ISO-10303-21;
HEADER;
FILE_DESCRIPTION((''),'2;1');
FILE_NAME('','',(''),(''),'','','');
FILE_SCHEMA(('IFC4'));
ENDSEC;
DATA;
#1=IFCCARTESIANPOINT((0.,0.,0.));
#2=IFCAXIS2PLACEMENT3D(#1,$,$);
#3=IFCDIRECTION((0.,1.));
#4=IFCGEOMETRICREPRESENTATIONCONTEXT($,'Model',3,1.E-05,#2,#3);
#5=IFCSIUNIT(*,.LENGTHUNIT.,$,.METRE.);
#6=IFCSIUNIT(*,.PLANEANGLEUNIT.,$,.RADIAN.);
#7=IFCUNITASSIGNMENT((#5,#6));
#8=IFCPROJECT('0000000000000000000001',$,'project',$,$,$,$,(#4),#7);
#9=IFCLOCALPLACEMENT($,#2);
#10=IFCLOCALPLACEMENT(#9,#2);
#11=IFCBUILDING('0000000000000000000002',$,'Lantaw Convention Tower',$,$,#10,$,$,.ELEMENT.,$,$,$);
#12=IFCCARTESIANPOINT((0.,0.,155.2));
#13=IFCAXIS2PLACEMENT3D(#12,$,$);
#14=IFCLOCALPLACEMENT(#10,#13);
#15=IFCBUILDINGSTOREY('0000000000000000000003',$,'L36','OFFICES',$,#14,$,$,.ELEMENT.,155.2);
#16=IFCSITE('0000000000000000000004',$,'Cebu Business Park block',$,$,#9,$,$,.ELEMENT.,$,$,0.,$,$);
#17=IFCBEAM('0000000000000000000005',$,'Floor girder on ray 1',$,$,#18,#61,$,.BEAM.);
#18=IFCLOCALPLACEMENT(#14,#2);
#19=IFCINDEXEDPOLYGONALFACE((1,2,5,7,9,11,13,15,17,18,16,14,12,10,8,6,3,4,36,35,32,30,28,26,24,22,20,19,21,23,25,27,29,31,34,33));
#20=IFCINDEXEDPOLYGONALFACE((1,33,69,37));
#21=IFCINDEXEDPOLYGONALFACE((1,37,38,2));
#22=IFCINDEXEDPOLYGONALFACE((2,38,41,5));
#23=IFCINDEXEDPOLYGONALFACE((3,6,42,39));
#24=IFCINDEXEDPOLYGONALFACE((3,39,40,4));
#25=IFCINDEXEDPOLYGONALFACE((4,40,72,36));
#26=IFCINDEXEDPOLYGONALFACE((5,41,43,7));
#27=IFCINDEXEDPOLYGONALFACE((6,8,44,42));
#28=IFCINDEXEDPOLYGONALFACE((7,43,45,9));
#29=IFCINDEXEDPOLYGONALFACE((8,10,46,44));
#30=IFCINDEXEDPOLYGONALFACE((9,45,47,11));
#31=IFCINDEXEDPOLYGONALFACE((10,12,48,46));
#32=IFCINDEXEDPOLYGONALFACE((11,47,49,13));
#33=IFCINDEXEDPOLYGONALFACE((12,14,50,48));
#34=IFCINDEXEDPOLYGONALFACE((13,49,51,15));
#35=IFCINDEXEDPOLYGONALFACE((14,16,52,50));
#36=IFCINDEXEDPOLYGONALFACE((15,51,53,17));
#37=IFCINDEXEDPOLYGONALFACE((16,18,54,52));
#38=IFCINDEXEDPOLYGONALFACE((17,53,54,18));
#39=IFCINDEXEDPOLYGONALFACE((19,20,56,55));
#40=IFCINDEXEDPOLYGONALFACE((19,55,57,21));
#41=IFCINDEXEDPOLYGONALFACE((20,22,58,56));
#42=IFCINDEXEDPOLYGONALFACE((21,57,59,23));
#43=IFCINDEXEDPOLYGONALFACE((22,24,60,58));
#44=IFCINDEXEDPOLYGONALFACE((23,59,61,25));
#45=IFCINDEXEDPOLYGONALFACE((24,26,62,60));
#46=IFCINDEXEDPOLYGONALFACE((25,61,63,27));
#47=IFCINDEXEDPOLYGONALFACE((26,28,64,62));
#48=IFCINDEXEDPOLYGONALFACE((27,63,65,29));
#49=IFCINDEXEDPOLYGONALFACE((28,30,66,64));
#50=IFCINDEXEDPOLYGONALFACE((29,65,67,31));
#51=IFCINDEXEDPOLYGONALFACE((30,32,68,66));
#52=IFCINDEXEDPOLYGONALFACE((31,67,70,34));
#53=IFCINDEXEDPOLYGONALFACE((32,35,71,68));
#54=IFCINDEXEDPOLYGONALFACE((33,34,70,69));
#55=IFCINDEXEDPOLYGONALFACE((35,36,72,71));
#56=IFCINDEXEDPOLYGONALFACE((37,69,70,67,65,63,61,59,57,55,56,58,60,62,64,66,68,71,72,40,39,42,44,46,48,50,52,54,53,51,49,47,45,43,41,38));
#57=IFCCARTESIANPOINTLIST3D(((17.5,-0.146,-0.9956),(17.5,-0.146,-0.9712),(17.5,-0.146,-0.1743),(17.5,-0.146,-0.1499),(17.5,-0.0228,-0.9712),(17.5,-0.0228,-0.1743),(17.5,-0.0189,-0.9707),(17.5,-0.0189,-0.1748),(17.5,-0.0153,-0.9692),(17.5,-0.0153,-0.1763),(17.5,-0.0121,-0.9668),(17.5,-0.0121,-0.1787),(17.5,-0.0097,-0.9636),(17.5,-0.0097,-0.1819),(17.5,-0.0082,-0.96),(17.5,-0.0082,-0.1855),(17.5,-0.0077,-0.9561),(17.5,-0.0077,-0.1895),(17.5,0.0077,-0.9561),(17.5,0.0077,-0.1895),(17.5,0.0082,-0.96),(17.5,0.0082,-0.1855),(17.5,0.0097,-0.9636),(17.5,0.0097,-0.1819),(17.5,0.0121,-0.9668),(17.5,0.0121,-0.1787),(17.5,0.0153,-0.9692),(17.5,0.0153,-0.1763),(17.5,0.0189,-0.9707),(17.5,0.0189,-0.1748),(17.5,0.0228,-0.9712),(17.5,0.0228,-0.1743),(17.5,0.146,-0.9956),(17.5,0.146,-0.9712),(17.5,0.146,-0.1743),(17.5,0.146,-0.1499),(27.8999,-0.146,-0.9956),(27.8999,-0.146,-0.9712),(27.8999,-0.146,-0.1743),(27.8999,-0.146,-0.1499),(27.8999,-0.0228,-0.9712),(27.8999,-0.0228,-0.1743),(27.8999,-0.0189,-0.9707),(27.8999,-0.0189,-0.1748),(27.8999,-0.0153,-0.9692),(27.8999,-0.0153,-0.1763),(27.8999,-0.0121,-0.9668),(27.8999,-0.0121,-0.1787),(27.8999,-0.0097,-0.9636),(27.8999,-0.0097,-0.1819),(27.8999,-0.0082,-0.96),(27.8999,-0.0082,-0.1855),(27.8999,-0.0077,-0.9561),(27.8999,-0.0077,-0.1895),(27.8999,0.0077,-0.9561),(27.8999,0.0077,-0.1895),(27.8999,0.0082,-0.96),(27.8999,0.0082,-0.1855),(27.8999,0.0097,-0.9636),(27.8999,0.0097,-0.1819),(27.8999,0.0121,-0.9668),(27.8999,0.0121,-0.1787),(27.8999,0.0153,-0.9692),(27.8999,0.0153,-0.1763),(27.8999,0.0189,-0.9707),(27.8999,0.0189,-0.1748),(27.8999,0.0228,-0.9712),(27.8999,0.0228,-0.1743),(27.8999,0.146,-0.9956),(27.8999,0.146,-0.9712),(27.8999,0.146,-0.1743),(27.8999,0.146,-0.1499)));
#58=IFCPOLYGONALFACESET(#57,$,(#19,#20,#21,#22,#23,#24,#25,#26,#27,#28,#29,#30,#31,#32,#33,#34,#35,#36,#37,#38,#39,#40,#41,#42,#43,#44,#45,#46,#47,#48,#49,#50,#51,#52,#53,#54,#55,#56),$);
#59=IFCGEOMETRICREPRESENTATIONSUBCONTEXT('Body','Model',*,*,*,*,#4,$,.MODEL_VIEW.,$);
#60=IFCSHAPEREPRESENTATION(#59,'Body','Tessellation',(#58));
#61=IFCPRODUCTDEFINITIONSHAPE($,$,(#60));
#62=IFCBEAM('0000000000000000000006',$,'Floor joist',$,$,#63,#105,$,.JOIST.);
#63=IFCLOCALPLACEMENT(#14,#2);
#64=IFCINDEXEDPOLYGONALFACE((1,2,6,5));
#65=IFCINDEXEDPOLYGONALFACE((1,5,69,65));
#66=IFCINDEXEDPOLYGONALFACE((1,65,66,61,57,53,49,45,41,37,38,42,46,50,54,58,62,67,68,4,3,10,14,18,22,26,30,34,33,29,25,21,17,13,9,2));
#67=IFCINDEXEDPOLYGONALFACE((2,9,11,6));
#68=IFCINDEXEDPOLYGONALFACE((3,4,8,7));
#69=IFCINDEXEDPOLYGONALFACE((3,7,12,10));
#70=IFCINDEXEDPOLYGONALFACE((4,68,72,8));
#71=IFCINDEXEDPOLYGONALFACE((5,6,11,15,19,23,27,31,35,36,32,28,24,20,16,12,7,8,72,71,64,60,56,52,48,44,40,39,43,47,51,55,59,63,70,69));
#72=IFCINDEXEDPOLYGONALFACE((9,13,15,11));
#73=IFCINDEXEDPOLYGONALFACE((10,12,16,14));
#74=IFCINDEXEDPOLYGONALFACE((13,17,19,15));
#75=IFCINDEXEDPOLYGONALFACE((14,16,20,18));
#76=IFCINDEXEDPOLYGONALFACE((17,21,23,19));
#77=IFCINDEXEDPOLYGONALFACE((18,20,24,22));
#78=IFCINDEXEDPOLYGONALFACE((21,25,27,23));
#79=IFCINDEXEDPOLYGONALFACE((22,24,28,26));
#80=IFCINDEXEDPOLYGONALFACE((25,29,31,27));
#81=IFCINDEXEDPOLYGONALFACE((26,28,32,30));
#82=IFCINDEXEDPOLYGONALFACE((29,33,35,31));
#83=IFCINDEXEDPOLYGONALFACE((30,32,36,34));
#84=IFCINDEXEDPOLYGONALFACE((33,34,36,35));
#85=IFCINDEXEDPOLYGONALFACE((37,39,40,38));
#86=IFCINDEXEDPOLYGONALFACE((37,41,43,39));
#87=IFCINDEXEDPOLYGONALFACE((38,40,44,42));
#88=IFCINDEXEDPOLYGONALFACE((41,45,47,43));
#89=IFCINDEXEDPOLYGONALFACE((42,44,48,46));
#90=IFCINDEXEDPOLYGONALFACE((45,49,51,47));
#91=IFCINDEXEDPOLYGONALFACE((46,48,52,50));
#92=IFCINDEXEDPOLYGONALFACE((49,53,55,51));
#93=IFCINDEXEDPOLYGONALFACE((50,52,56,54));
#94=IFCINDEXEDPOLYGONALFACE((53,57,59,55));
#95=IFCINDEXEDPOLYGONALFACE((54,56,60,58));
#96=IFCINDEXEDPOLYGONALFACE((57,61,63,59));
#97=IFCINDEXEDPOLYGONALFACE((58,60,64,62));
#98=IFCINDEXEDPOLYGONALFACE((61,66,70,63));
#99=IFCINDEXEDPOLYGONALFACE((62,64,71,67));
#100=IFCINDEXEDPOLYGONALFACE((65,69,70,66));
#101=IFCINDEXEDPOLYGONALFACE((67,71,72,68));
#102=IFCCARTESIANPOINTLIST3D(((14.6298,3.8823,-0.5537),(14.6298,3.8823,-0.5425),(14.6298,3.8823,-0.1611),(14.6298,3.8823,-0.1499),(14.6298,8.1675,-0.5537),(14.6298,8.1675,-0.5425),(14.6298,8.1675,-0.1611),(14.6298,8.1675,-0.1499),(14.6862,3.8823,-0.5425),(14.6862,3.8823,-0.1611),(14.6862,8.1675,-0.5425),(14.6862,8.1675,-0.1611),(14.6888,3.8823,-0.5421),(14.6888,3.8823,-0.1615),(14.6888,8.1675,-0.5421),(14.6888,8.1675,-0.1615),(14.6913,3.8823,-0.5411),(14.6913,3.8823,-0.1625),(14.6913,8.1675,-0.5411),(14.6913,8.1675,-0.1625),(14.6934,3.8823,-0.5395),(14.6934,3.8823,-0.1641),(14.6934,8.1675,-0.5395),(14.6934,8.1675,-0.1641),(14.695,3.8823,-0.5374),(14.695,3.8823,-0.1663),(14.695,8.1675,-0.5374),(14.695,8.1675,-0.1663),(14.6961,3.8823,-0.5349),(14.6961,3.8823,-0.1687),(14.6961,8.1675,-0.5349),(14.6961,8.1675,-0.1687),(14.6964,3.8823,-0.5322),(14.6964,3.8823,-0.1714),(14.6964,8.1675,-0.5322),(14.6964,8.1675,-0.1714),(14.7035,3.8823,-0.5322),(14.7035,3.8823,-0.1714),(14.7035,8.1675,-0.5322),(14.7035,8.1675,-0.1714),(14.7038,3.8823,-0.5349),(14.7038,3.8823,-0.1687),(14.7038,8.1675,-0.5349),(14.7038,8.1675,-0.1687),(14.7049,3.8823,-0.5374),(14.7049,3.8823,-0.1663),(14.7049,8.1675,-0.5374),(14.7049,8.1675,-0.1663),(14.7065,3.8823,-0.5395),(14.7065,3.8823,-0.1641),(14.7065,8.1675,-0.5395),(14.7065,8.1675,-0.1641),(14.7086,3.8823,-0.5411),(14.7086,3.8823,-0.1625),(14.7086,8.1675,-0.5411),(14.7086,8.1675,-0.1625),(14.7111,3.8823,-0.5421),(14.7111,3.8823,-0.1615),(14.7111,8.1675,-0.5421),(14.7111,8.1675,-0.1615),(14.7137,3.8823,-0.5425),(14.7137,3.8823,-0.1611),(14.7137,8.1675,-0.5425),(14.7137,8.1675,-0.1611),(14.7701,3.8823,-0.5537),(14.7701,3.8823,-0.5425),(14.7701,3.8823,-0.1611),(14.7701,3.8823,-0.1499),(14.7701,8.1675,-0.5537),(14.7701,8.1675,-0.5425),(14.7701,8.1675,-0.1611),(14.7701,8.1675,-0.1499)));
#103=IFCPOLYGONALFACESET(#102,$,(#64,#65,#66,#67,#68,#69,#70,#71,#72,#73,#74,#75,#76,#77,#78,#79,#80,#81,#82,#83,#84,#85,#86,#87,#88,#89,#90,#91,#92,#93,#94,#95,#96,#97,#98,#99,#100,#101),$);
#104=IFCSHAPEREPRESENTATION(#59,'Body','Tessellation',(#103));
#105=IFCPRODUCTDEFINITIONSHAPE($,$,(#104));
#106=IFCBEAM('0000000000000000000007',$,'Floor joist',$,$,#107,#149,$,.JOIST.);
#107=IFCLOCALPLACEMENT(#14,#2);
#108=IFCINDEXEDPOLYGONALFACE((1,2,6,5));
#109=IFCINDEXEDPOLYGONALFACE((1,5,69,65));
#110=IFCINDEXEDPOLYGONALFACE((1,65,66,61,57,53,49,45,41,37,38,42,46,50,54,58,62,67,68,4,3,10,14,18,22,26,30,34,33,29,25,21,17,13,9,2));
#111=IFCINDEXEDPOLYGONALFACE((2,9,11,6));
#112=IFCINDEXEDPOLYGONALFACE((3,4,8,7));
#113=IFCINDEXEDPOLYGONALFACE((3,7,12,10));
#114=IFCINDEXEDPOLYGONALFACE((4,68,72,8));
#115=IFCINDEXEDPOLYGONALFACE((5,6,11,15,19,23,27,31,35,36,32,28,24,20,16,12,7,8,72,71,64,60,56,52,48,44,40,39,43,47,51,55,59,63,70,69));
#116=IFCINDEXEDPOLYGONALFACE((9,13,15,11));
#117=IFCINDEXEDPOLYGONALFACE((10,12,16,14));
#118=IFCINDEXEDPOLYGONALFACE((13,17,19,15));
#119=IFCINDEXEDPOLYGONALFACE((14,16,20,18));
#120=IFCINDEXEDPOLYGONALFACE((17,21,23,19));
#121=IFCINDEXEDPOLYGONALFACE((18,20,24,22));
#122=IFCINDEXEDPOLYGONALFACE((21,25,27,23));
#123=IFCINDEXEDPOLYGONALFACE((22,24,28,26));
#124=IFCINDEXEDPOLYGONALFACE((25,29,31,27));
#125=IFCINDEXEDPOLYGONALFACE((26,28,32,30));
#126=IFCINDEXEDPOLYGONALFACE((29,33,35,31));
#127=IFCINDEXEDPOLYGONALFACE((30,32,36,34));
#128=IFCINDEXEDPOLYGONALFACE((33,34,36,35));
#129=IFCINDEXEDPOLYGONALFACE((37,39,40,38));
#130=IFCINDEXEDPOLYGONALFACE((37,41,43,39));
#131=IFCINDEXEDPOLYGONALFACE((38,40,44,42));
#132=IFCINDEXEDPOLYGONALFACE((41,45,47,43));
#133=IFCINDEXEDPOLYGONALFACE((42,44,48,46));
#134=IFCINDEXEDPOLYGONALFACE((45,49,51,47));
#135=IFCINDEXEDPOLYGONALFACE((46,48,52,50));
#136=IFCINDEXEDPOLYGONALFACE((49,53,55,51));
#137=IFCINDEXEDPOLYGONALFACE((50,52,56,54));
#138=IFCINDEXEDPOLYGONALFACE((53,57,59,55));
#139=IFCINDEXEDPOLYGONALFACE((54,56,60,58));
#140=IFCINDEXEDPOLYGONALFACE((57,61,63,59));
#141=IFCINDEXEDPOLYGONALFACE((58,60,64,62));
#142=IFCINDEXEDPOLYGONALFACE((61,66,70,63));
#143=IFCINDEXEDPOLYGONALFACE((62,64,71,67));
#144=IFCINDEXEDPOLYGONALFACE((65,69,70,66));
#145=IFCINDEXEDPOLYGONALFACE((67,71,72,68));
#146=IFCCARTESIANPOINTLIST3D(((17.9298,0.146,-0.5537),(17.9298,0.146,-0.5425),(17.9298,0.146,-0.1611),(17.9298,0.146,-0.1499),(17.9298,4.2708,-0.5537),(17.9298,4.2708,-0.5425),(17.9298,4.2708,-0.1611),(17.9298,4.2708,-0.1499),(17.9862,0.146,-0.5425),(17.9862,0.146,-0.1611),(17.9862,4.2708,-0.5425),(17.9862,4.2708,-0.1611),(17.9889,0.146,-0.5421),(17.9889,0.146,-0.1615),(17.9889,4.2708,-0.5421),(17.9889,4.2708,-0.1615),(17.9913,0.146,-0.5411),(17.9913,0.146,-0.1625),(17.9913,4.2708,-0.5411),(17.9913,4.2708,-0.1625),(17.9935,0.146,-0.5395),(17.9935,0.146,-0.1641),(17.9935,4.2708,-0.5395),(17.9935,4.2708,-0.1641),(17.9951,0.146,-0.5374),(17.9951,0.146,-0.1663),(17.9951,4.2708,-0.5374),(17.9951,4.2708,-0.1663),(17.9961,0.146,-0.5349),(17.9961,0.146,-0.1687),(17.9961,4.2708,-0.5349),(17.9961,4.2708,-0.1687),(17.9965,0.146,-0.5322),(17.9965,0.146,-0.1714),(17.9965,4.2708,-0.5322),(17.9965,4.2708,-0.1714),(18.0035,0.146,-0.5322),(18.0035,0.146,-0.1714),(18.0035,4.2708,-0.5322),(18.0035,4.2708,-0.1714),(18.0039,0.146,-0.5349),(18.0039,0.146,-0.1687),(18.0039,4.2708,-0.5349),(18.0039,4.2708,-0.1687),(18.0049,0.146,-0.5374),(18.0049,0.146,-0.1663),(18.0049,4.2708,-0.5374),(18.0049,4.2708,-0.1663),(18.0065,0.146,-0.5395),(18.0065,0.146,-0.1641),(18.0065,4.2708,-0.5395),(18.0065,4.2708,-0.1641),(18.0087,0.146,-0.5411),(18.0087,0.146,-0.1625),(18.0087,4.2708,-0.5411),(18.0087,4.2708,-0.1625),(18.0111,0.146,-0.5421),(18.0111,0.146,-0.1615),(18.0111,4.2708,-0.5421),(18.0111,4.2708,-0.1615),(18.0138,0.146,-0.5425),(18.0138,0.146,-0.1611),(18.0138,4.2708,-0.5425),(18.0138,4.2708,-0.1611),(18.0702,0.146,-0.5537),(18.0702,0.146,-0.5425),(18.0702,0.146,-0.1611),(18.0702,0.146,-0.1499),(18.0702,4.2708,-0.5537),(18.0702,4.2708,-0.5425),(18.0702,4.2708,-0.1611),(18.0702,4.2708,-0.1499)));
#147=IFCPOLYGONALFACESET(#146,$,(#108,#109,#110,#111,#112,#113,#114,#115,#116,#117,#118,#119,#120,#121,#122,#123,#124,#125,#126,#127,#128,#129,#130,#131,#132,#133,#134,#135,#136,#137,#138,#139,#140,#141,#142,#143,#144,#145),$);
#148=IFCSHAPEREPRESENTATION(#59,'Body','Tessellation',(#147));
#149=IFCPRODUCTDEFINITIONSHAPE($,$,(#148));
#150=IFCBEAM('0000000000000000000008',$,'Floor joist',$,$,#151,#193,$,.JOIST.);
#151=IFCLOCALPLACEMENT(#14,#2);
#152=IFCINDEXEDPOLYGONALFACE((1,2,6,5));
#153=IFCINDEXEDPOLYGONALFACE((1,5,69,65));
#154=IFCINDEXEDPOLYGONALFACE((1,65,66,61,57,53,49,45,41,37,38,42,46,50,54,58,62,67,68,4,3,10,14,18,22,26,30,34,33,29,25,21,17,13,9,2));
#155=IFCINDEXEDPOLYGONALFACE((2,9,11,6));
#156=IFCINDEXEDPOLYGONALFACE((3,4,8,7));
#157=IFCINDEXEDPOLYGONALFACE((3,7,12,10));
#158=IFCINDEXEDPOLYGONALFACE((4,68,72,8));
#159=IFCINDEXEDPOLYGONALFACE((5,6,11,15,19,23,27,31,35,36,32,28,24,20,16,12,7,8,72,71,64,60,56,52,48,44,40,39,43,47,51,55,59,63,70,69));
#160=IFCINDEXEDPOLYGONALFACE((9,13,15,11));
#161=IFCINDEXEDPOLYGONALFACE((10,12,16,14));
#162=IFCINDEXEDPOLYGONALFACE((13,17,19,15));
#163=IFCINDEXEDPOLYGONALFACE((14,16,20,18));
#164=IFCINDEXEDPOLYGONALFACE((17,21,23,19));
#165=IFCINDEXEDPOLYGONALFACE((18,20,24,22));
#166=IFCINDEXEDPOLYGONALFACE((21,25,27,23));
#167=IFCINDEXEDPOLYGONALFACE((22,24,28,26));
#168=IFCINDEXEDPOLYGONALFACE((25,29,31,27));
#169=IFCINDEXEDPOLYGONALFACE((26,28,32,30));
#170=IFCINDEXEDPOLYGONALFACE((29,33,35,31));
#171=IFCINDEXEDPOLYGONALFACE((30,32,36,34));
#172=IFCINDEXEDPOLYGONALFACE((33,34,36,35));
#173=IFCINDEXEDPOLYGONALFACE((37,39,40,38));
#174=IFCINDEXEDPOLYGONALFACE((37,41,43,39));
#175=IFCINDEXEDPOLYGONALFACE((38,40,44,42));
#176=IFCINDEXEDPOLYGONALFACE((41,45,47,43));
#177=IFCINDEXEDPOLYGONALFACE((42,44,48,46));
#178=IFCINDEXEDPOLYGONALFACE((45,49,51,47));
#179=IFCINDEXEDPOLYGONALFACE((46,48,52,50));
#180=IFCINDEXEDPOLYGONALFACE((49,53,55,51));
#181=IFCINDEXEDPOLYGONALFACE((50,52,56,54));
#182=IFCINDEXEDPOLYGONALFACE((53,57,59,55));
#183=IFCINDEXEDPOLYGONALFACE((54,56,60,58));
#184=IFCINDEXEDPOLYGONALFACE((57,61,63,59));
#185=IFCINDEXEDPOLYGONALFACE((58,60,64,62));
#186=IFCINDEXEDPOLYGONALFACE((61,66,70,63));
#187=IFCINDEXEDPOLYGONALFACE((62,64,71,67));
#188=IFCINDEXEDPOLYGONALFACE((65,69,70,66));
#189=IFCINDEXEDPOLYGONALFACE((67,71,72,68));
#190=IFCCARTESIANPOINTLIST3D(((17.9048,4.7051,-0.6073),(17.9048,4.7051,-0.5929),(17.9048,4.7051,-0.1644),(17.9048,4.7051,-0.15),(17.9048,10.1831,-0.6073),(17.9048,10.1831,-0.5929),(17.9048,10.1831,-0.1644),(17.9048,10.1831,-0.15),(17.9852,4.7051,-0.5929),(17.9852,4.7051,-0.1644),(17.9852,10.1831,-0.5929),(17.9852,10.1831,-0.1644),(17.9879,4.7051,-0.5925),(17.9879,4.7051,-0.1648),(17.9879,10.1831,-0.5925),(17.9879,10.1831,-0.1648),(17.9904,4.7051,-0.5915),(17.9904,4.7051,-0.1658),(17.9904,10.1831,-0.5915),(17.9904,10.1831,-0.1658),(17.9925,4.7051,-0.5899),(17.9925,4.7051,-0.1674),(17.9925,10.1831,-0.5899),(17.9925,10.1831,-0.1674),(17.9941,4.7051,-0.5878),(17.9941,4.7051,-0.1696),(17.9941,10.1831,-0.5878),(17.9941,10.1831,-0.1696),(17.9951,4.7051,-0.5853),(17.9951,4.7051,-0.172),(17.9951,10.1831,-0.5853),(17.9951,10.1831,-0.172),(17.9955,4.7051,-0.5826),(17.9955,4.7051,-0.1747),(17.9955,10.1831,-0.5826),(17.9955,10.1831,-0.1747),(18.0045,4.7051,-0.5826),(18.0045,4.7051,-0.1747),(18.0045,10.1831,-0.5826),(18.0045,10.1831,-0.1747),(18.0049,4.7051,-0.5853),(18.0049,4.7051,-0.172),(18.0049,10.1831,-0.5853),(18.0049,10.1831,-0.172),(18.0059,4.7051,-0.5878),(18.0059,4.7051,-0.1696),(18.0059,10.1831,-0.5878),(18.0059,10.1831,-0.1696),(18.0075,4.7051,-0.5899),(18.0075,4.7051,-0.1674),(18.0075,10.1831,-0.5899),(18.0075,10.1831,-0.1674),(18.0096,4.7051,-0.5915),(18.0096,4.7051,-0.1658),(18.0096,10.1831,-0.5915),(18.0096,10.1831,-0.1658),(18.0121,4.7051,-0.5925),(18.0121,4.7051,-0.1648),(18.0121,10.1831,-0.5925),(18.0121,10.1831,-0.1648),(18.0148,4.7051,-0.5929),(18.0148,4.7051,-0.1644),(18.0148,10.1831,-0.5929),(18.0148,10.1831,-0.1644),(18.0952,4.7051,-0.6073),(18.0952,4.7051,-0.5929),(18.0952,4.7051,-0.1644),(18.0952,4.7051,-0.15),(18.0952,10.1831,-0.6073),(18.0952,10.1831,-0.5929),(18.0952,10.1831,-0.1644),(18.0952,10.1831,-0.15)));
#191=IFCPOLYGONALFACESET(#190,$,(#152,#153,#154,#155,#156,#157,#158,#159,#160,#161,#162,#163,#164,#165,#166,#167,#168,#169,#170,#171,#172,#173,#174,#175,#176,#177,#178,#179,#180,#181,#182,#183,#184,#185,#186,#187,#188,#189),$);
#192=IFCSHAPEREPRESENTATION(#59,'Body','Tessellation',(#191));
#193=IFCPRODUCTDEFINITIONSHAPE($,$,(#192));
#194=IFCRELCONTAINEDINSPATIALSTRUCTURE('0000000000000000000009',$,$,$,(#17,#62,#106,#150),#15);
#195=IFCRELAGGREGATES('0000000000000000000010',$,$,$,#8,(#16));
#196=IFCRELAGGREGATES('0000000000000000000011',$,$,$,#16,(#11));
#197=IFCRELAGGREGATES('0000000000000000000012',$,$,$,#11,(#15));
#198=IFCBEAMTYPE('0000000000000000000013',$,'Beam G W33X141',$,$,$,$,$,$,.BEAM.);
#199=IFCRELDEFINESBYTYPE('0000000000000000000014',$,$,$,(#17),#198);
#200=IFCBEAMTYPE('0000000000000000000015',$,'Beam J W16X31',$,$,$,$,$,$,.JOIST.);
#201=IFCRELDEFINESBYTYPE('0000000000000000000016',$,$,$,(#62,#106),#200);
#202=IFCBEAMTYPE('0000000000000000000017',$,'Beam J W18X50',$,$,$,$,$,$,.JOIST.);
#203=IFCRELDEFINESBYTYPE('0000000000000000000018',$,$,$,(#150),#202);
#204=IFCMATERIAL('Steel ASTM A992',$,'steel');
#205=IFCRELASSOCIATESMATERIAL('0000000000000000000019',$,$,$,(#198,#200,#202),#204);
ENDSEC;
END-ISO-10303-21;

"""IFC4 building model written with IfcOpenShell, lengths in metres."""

from ifc_helpers import new_model, si_unit, direction, frame, origin, origin_2d, place, context, subcontext, project, spatial, i_section, extrude, material, material_profile, profile_set, type_object, element, save


model = new_model("IFC4")

# Units and contexts
model_context = context("Model", 3, precision=1e-05, world=origin(), true_north=direction((0.0, 1.0)))
body_context = subcontext(model_context, "Body", "Model", "MODEL_VIEW")
ifc_project = project(units=[si_unit("LENGTHUNIT", "METRE"), si_unit("PLANEANGLEUNIT", "RADIAN")], contexts=[model_context])

# Site, building, storey
site_placement = place(None, origin())
site = spatial("IfcSite", under=ifc_project, at=site_placement, Name="Cebu Business Park block", CompositionType="ELEMENT", RefElevation=0.0)
building_placement = place(site_placement, origin())
building = spatial("IfcBuilding", under=site, at=building_placement, Name="Lantaw Convention Tower", CompositionType="ELEMENT")
storey_placement = place(building_placement, frame((0.0, 0.0, 155.2)))
storey = spatial("IfcBuildingStorey", under=building, at=storey_placement, Name="L36", Description="OFFICES", CompositionType="ELEMENT", Elevation=155.2)

# Beams
ifc_material_1 = material(Name="Steel ASTM A992", Category="steel")
ifc_material_profile_1 = material_profile(ifc_material_1, i_section(OverallWidth=0.292, OverallDepth=0.8457, WebThickness=0.0154, FlangeThickness=0.0244, FilletRadius=0.0151, at=origin_2d()), Name="W33X141")
ifc_profile_set_1 = profile_set([ifc_material_profile_1], Name="Steel ASTM A992")
beam_type_1 = type_object("IfcBeamType", Name="Beam G W33X141", PredefinedType="BEAM", material=ifc_profile_set_1)
beam_1_placement = place(storey_placement, frame((17.5, 0.0, -0.5728), z_axis=(1.0, 0.0, 0.0), x_axis=(0.0, 1.0, 0.0)))
element("IfcBeam", 1, at=beam_1_placement, inside=storey, type_object=beam_type_1, Name="Floor girder on ray 1", PredefinedType="BEAM", context=body_context, shape_type="SweptSolid", body=[
    extrude(i_section(OverallWidth=0.292, OverallDepth=0.8457, WebThickness=0.0154, FlangeThickness=0.0244, FilletRadius=0.0151, at=origin_2d()), origin(), (0.0, 0.0, 1.0), 10.3999),
])
ifc_material_profile_2 = material_profile(ifc_material_1, i_section(OverallWidth=0.1404, OverallDepth=0.4038, WebThickness=0.0071, FlangeThickness=0.0112, FilletRadius=0.0103, at=origin_2d()), Name="W16X31")
ifc_profile_set_2 = profile_set([ifc_material_profile_2], Name="Steel ASTM A992")
beam_type_2 = type_object("IfcBeamType", Name="Beam J W16X31", PredefinedType="JOIST", material=ifc_profile_set_2)
beam_2_placement = place(storey_placement, frame((14.7, 3.8823, -0.3518), z_axis=(0.0, 1.0, 0.0), x_axis=(-1.0, 0.0, 0.0)))
element("IfcBeam", 2, at=beam_2_placement, inside=storey, type_object=beam_type_2, Name="Floor joist", PredefinedType="JOIST", context=body_context, shape_type="SweptSolid", body=[
    extrude(i_section(OverallWidth=0.1404, OverallDepth=0.4038, WebThickness=0.0071, FlangeThickness=0.0112, FilletRadius=0.0103, at=origin_2d()), origin(), (0.0, 0.0, 1.0), 4.2852),
])
beam_3_placement = place(storey_placement, frame((18.0, 0.146, -0.3518), z_axis=(0.0, 1.0, 0.0), x_axis=(-1.0, 0.0, 0.0)))
element("IfcBeam", 3, at=beam_3_placement, inside=storey, type_object=beam_type_2, Name="Floor joist", PredefinedType="JOIST", context=body_context, shape_type="SweptSolid", body=[
    extrude(i_section(OverallWidth=0.1404, OverallDepth=0.4038, WebThickness=0.0071, FlangeThickness=0.0112, FilletRadius=0.0103, at=origin_2d()), origin(), (0.0, 0.0, 1.0), 4.1248),
])
ifc_material_profile_3 = material_profile(ifc_material_1, i_section(OverallWidth=0.1904, OverallDepth=0.4573, WebThickness=0.009, FlangeThickness=0.0144, FilletRadius=0.0103, at=origin_2d()), Name="W18X50")
ifc_profile_set_3 = profile_set([ifc_material_profile_3], Name="Steel ASTM A992")
beam_type_3 = type_object("IfcBeamType", Name="Beam J W18X50", PredefinedType="JOIST", material=ifc_profile_set_3)
beam_4_placement = place(storey_placement, frame((18.0, 4.7051, -0.3787), z_axis=(0.0, 1.0, 0.0), x_axis=(-1.0, 0.0, 0.0)))
element("IfcBeam", 4, at=beam_4_placement, inside=storey, type_object=beam_type_3, Name="Floor joist", PredefinedType="JOIST", context=body_context, shape_type="SweptSolid", body=[
    extrude(i_section(OverallWidth=0.1904, OverallDepth=0.4573, WebThickness=0.009, FlangeThickness=0.0144, FilletRadius=0.0103, at=origin_2d()), origin(), (0.0, 0.0, 1.0), 5.478),
])

save(model, "model.ifc")
